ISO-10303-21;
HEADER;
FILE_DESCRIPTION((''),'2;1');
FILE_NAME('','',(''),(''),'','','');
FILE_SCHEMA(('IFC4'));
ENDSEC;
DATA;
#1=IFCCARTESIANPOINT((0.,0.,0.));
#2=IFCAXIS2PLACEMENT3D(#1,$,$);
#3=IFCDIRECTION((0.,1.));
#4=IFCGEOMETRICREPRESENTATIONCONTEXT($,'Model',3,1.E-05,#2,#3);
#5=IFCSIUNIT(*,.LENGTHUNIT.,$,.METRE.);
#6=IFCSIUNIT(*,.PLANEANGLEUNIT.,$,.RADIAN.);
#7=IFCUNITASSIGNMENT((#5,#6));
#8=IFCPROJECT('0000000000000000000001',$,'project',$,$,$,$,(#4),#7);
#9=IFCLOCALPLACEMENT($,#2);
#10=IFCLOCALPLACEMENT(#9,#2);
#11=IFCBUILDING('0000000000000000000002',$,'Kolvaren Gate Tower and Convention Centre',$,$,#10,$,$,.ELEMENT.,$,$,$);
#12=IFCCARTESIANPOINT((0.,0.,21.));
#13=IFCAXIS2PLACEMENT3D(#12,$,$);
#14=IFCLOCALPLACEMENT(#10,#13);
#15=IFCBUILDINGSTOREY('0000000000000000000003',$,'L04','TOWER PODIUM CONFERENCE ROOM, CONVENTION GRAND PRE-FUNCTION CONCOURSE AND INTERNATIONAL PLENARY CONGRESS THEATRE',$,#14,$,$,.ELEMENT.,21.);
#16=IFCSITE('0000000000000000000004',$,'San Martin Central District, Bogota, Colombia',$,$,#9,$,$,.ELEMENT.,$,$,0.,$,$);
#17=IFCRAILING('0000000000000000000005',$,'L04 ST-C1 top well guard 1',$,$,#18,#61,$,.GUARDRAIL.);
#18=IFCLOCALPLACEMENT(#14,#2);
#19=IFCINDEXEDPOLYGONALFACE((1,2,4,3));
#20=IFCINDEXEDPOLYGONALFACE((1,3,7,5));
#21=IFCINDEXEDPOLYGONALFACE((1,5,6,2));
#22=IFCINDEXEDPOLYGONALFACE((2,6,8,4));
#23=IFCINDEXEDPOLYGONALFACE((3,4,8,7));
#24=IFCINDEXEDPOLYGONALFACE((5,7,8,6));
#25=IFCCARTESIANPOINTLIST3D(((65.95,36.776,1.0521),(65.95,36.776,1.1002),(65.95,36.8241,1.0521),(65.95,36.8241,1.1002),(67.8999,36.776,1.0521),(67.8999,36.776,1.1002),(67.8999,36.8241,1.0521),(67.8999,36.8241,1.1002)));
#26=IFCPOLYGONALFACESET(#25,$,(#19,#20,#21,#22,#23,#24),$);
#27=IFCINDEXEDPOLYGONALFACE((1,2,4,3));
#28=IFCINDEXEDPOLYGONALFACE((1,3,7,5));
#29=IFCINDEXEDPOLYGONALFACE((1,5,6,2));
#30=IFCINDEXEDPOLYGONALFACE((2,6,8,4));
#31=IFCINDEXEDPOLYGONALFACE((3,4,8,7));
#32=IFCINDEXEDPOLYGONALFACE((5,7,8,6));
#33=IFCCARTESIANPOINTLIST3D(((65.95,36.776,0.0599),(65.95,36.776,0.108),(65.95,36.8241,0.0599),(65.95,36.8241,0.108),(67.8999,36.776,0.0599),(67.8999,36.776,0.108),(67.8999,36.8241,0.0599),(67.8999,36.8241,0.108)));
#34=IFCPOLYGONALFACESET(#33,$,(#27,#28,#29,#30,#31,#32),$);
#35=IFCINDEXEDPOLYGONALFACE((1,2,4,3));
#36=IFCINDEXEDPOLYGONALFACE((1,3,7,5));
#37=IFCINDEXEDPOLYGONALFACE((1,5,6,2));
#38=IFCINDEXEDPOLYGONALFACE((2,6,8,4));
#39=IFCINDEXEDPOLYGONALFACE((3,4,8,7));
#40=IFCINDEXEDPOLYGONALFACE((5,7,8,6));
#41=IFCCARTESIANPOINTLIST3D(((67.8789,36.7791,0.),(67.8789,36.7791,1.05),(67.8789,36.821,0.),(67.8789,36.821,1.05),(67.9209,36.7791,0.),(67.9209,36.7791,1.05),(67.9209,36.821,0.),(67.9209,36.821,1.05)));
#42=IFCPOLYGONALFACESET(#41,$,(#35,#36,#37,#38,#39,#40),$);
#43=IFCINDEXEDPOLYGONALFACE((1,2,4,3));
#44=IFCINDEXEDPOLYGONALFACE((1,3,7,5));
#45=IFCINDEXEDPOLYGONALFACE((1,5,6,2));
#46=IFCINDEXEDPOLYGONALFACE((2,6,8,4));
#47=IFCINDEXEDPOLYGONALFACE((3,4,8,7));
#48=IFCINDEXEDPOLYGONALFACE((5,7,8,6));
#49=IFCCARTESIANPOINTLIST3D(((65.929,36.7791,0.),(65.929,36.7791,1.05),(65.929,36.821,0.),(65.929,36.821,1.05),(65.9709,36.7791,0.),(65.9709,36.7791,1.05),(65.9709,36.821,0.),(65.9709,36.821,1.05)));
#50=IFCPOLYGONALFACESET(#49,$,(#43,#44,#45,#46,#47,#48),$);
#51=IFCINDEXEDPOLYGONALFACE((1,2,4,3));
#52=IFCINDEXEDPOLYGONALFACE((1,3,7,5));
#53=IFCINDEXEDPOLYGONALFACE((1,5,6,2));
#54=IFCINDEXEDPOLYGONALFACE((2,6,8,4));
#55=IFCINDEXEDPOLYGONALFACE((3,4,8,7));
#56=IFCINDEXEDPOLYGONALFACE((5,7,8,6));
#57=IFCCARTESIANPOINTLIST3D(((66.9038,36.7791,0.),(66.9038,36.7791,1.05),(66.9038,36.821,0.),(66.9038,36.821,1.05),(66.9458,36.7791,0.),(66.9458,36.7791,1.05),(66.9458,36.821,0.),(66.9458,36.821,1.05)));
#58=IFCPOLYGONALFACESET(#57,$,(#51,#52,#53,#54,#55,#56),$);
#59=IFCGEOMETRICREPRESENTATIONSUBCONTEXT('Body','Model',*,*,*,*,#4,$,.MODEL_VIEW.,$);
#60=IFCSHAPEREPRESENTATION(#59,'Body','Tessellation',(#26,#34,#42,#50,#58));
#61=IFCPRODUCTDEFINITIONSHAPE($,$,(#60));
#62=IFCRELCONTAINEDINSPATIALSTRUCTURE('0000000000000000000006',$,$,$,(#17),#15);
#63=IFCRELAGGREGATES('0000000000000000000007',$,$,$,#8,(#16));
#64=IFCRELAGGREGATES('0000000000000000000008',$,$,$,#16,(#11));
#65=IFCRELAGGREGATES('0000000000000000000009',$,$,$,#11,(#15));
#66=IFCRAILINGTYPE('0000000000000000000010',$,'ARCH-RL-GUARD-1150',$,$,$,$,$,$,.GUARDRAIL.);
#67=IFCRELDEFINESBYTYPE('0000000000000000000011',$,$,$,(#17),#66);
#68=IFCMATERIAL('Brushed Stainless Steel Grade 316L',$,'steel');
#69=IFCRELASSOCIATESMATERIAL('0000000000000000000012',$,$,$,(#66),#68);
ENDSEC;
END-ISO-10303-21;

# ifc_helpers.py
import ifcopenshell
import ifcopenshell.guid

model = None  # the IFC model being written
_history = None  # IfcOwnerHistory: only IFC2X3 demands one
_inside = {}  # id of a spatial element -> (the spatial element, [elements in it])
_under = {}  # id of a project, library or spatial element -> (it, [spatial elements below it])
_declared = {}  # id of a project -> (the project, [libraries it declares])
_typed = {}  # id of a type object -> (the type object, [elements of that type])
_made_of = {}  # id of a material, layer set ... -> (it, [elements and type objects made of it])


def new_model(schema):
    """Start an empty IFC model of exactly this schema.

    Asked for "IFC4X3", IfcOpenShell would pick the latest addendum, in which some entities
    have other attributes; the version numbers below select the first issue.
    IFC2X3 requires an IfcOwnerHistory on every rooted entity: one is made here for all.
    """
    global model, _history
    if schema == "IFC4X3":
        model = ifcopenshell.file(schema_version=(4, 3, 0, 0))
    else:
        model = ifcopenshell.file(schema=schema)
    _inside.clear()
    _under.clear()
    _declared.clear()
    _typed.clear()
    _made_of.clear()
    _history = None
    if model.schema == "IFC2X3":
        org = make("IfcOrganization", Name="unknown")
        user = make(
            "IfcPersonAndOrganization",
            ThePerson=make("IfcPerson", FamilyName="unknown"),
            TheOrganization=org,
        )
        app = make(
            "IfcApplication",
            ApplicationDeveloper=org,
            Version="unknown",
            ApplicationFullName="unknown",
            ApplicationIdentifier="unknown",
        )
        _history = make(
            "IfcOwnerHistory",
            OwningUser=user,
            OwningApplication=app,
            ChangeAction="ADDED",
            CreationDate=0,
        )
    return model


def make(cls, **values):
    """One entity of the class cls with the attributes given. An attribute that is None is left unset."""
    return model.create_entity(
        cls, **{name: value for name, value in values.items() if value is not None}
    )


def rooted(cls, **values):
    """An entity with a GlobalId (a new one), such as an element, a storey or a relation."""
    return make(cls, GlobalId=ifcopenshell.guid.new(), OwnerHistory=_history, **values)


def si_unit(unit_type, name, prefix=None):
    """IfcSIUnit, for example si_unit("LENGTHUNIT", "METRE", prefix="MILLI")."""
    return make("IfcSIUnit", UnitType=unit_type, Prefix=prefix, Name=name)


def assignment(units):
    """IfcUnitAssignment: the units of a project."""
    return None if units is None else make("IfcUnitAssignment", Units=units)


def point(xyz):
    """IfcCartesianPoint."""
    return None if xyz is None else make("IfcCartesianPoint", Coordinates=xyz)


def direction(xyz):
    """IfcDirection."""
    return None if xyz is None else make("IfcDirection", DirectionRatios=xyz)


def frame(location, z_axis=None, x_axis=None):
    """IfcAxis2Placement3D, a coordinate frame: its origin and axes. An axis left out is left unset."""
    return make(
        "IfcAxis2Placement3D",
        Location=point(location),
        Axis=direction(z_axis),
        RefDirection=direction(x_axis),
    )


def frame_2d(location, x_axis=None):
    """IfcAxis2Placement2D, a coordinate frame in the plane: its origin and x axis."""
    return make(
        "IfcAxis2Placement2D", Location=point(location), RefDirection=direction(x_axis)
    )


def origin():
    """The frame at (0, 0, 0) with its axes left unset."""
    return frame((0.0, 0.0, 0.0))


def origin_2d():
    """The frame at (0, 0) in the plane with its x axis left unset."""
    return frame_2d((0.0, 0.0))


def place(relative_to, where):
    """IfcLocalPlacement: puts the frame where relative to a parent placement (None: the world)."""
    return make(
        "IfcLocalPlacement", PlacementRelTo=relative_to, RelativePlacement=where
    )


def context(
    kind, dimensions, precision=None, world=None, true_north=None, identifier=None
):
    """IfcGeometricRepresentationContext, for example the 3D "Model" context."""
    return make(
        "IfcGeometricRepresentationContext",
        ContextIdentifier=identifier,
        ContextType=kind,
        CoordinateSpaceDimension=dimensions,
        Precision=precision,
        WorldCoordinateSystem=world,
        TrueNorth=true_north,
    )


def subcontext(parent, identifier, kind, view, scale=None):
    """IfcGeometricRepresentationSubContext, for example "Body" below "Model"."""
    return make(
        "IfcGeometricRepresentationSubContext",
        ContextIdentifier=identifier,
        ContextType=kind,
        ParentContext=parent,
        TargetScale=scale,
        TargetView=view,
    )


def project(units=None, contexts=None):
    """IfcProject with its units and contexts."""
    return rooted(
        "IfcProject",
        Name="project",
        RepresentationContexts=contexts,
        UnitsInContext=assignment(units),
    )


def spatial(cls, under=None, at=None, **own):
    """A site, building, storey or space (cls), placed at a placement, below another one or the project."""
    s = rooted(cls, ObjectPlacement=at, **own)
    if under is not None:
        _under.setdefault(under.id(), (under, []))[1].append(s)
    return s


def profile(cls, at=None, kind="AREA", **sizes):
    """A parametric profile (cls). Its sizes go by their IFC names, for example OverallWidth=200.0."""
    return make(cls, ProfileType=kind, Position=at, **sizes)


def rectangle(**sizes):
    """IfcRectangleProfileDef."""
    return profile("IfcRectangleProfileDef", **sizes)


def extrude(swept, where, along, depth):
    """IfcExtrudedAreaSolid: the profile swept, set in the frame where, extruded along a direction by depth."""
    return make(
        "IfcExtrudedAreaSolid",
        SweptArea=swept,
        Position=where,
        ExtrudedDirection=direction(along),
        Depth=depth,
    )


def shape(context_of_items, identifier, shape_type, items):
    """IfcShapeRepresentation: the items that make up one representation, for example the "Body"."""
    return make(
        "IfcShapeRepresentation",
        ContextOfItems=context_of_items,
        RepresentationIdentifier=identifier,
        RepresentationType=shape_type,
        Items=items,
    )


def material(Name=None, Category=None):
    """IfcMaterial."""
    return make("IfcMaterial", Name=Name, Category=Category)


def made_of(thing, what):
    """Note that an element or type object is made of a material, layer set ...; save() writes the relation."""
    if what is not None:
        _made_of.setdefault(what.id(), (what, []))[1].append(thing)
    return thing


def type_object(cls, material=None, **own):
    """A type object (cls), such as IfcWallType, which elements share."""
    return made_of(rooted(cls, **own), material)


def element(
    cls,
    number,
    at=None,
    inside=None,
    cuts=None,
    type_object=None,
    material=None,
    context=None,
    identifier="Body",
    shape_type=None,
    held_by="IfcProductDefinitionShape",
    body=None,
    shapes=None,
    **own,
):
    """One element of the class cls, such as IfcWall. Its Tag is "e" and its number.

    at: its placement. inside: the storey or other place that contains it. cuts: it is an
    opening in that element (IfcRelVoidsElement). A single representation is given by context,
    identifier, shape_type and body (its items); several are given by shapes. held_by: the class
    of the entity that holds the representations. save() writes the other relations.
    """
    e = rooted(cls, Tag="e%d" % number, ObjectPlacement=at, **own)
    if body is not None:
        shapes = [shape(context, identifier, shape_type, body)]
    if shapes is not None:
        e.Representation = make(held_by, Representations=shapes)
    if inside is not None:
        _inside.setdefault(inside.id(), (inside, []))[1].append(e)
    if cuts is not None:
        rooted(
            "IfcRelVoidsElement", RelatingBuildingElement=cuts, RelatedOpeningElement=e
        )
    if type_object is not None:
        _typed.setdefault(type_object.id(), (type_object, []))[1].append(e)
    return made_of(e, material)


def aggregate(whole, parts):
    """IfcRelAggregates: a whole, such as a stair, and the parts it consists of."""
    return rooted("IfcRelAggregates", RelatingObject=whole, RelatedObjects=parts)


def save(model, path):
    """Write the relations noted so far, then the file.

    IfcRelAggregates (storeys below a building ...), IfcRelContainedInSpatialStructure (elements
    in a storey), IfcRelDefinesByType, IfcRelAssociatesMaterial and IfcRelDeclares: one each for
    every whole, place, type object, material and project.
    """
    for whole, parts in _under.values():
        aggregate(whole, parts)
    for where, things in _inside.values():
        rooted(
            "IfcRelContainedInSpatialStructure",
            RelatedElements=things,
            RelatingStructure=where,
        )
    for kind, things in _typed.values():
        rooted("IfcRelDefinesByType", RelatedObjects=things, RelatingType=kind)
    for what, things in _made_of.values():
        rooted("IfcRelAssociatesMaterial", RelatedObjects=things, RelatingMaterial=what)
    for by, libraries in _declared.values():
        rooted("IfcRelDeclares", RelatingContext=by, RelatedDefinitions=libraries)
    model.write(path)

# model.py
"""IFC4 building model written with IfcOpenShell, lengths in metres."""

from ifc_helpers import new_model, si_unit, direction, frame, origin, origin_2d, place, context, subcontext, project, spatial, rectangle, extrude, material, type_object, element, save


model = new_model("IFC4")

# Units and contexts
model_context = context("Model", 3, precision=1e-05, world=origin(), true_north=direction((0.0, 1.0)))
body_context = subcontext(model_context, "Body", "Model", "MODEL_VIEW")
ifc_project = project(units=[si_unit("LENGTHUNIT", "METRE"), si_unit("PLANEANGLEUNIT", "RADIAN")], contexts=[model_context])

# Site, building, storey
site_placement = place(None, origin())
site = spatial("IfcSite", under=ifc_project, at=site_placement, Name="San Martin Central District, Bogota, Colombia", CompositionType="ELEMENT", RefElevation=0.0)
building_placement = place(site_placement, origin())
building = spatial("IfcBuilding", under=site, at=building_placement, Name="Kolvaren Gate Tower and Convention Centre", CompositionType="ELEMENT")
storey_placement = place(building_placement, frame((0.0, 0.0, 21.0)))
storey = spatial("IfcBuildingStorey", under=building, at=storey_placement, Name="L04", Description="TOWER PODIUM CONFERENCE ROOM, CONVENTION GRAND PRE-FUNCTION CONCOURSE AND INTERNATIONAL PLENARY CONGRESS THEATRE", CompositionType="ELEMENT", Elevation=21.0)

# Railing
ifc_material_1 = material(Name="Brushed Stainless Steel Grade 316L", Category="steel")
railing_type = type_object("IfcRailingType", Name="ARCH-RL-GUARD-1150", PredefinedType="GUARDRAIL", material=ifc_material_1)
railing_placement = place(storey_placement, frame((67.8999, 36.8, 0.0)))
element("IfcRailing", 1, at=railing_placement, inside=storey, type_object=railing_type, Name="L04 ST-C1 top well guard 1", PredefinedType="GUARDRAIL", context=body_context, shape_type="SweptSolid", body=[
    extrude(rectangle(XDim=0.0481, YDim=0.0481, at=origin_2d()), frame((0.0, 0.0, 1.0762), z_axis=(-1.0, 0.0, 0.0), x_axis=(0.0, -1.0, 0.0)), (0.0, 0.0, 1.0), 1.95),
    extrude(rectangle(XDim=0.0481, YDim=0.0481, at=origin_2d()), frame((0.0, 0.0, 0.084), z_axis=(-1.0, 0.0, 0.0), x_axis=(0.0, -1.0, 0.0)), (0.0, 0.0, 1.0), 1.95),
    extrude(rectangle(XDim=0.042, YDim=0.042, at=origin_2d()), origin(), (0.0, 0.0, 1.0), 1.05),
    extrude(rectangle(XDim=0.042, YDim=0.042, at=origin_2d()), frame((-1.95, 0.0, 0.0)), (0.0, 0.0, 1.0), 1.05),
    extrude(rectangle(XDim=0.042, YDim=0.042, at=origin_2d()), frame((-0.9751, 0.0, 0.0)), (0.0, 0.0, 1.0), 1.05),
])

save(model, "model.ifc")
